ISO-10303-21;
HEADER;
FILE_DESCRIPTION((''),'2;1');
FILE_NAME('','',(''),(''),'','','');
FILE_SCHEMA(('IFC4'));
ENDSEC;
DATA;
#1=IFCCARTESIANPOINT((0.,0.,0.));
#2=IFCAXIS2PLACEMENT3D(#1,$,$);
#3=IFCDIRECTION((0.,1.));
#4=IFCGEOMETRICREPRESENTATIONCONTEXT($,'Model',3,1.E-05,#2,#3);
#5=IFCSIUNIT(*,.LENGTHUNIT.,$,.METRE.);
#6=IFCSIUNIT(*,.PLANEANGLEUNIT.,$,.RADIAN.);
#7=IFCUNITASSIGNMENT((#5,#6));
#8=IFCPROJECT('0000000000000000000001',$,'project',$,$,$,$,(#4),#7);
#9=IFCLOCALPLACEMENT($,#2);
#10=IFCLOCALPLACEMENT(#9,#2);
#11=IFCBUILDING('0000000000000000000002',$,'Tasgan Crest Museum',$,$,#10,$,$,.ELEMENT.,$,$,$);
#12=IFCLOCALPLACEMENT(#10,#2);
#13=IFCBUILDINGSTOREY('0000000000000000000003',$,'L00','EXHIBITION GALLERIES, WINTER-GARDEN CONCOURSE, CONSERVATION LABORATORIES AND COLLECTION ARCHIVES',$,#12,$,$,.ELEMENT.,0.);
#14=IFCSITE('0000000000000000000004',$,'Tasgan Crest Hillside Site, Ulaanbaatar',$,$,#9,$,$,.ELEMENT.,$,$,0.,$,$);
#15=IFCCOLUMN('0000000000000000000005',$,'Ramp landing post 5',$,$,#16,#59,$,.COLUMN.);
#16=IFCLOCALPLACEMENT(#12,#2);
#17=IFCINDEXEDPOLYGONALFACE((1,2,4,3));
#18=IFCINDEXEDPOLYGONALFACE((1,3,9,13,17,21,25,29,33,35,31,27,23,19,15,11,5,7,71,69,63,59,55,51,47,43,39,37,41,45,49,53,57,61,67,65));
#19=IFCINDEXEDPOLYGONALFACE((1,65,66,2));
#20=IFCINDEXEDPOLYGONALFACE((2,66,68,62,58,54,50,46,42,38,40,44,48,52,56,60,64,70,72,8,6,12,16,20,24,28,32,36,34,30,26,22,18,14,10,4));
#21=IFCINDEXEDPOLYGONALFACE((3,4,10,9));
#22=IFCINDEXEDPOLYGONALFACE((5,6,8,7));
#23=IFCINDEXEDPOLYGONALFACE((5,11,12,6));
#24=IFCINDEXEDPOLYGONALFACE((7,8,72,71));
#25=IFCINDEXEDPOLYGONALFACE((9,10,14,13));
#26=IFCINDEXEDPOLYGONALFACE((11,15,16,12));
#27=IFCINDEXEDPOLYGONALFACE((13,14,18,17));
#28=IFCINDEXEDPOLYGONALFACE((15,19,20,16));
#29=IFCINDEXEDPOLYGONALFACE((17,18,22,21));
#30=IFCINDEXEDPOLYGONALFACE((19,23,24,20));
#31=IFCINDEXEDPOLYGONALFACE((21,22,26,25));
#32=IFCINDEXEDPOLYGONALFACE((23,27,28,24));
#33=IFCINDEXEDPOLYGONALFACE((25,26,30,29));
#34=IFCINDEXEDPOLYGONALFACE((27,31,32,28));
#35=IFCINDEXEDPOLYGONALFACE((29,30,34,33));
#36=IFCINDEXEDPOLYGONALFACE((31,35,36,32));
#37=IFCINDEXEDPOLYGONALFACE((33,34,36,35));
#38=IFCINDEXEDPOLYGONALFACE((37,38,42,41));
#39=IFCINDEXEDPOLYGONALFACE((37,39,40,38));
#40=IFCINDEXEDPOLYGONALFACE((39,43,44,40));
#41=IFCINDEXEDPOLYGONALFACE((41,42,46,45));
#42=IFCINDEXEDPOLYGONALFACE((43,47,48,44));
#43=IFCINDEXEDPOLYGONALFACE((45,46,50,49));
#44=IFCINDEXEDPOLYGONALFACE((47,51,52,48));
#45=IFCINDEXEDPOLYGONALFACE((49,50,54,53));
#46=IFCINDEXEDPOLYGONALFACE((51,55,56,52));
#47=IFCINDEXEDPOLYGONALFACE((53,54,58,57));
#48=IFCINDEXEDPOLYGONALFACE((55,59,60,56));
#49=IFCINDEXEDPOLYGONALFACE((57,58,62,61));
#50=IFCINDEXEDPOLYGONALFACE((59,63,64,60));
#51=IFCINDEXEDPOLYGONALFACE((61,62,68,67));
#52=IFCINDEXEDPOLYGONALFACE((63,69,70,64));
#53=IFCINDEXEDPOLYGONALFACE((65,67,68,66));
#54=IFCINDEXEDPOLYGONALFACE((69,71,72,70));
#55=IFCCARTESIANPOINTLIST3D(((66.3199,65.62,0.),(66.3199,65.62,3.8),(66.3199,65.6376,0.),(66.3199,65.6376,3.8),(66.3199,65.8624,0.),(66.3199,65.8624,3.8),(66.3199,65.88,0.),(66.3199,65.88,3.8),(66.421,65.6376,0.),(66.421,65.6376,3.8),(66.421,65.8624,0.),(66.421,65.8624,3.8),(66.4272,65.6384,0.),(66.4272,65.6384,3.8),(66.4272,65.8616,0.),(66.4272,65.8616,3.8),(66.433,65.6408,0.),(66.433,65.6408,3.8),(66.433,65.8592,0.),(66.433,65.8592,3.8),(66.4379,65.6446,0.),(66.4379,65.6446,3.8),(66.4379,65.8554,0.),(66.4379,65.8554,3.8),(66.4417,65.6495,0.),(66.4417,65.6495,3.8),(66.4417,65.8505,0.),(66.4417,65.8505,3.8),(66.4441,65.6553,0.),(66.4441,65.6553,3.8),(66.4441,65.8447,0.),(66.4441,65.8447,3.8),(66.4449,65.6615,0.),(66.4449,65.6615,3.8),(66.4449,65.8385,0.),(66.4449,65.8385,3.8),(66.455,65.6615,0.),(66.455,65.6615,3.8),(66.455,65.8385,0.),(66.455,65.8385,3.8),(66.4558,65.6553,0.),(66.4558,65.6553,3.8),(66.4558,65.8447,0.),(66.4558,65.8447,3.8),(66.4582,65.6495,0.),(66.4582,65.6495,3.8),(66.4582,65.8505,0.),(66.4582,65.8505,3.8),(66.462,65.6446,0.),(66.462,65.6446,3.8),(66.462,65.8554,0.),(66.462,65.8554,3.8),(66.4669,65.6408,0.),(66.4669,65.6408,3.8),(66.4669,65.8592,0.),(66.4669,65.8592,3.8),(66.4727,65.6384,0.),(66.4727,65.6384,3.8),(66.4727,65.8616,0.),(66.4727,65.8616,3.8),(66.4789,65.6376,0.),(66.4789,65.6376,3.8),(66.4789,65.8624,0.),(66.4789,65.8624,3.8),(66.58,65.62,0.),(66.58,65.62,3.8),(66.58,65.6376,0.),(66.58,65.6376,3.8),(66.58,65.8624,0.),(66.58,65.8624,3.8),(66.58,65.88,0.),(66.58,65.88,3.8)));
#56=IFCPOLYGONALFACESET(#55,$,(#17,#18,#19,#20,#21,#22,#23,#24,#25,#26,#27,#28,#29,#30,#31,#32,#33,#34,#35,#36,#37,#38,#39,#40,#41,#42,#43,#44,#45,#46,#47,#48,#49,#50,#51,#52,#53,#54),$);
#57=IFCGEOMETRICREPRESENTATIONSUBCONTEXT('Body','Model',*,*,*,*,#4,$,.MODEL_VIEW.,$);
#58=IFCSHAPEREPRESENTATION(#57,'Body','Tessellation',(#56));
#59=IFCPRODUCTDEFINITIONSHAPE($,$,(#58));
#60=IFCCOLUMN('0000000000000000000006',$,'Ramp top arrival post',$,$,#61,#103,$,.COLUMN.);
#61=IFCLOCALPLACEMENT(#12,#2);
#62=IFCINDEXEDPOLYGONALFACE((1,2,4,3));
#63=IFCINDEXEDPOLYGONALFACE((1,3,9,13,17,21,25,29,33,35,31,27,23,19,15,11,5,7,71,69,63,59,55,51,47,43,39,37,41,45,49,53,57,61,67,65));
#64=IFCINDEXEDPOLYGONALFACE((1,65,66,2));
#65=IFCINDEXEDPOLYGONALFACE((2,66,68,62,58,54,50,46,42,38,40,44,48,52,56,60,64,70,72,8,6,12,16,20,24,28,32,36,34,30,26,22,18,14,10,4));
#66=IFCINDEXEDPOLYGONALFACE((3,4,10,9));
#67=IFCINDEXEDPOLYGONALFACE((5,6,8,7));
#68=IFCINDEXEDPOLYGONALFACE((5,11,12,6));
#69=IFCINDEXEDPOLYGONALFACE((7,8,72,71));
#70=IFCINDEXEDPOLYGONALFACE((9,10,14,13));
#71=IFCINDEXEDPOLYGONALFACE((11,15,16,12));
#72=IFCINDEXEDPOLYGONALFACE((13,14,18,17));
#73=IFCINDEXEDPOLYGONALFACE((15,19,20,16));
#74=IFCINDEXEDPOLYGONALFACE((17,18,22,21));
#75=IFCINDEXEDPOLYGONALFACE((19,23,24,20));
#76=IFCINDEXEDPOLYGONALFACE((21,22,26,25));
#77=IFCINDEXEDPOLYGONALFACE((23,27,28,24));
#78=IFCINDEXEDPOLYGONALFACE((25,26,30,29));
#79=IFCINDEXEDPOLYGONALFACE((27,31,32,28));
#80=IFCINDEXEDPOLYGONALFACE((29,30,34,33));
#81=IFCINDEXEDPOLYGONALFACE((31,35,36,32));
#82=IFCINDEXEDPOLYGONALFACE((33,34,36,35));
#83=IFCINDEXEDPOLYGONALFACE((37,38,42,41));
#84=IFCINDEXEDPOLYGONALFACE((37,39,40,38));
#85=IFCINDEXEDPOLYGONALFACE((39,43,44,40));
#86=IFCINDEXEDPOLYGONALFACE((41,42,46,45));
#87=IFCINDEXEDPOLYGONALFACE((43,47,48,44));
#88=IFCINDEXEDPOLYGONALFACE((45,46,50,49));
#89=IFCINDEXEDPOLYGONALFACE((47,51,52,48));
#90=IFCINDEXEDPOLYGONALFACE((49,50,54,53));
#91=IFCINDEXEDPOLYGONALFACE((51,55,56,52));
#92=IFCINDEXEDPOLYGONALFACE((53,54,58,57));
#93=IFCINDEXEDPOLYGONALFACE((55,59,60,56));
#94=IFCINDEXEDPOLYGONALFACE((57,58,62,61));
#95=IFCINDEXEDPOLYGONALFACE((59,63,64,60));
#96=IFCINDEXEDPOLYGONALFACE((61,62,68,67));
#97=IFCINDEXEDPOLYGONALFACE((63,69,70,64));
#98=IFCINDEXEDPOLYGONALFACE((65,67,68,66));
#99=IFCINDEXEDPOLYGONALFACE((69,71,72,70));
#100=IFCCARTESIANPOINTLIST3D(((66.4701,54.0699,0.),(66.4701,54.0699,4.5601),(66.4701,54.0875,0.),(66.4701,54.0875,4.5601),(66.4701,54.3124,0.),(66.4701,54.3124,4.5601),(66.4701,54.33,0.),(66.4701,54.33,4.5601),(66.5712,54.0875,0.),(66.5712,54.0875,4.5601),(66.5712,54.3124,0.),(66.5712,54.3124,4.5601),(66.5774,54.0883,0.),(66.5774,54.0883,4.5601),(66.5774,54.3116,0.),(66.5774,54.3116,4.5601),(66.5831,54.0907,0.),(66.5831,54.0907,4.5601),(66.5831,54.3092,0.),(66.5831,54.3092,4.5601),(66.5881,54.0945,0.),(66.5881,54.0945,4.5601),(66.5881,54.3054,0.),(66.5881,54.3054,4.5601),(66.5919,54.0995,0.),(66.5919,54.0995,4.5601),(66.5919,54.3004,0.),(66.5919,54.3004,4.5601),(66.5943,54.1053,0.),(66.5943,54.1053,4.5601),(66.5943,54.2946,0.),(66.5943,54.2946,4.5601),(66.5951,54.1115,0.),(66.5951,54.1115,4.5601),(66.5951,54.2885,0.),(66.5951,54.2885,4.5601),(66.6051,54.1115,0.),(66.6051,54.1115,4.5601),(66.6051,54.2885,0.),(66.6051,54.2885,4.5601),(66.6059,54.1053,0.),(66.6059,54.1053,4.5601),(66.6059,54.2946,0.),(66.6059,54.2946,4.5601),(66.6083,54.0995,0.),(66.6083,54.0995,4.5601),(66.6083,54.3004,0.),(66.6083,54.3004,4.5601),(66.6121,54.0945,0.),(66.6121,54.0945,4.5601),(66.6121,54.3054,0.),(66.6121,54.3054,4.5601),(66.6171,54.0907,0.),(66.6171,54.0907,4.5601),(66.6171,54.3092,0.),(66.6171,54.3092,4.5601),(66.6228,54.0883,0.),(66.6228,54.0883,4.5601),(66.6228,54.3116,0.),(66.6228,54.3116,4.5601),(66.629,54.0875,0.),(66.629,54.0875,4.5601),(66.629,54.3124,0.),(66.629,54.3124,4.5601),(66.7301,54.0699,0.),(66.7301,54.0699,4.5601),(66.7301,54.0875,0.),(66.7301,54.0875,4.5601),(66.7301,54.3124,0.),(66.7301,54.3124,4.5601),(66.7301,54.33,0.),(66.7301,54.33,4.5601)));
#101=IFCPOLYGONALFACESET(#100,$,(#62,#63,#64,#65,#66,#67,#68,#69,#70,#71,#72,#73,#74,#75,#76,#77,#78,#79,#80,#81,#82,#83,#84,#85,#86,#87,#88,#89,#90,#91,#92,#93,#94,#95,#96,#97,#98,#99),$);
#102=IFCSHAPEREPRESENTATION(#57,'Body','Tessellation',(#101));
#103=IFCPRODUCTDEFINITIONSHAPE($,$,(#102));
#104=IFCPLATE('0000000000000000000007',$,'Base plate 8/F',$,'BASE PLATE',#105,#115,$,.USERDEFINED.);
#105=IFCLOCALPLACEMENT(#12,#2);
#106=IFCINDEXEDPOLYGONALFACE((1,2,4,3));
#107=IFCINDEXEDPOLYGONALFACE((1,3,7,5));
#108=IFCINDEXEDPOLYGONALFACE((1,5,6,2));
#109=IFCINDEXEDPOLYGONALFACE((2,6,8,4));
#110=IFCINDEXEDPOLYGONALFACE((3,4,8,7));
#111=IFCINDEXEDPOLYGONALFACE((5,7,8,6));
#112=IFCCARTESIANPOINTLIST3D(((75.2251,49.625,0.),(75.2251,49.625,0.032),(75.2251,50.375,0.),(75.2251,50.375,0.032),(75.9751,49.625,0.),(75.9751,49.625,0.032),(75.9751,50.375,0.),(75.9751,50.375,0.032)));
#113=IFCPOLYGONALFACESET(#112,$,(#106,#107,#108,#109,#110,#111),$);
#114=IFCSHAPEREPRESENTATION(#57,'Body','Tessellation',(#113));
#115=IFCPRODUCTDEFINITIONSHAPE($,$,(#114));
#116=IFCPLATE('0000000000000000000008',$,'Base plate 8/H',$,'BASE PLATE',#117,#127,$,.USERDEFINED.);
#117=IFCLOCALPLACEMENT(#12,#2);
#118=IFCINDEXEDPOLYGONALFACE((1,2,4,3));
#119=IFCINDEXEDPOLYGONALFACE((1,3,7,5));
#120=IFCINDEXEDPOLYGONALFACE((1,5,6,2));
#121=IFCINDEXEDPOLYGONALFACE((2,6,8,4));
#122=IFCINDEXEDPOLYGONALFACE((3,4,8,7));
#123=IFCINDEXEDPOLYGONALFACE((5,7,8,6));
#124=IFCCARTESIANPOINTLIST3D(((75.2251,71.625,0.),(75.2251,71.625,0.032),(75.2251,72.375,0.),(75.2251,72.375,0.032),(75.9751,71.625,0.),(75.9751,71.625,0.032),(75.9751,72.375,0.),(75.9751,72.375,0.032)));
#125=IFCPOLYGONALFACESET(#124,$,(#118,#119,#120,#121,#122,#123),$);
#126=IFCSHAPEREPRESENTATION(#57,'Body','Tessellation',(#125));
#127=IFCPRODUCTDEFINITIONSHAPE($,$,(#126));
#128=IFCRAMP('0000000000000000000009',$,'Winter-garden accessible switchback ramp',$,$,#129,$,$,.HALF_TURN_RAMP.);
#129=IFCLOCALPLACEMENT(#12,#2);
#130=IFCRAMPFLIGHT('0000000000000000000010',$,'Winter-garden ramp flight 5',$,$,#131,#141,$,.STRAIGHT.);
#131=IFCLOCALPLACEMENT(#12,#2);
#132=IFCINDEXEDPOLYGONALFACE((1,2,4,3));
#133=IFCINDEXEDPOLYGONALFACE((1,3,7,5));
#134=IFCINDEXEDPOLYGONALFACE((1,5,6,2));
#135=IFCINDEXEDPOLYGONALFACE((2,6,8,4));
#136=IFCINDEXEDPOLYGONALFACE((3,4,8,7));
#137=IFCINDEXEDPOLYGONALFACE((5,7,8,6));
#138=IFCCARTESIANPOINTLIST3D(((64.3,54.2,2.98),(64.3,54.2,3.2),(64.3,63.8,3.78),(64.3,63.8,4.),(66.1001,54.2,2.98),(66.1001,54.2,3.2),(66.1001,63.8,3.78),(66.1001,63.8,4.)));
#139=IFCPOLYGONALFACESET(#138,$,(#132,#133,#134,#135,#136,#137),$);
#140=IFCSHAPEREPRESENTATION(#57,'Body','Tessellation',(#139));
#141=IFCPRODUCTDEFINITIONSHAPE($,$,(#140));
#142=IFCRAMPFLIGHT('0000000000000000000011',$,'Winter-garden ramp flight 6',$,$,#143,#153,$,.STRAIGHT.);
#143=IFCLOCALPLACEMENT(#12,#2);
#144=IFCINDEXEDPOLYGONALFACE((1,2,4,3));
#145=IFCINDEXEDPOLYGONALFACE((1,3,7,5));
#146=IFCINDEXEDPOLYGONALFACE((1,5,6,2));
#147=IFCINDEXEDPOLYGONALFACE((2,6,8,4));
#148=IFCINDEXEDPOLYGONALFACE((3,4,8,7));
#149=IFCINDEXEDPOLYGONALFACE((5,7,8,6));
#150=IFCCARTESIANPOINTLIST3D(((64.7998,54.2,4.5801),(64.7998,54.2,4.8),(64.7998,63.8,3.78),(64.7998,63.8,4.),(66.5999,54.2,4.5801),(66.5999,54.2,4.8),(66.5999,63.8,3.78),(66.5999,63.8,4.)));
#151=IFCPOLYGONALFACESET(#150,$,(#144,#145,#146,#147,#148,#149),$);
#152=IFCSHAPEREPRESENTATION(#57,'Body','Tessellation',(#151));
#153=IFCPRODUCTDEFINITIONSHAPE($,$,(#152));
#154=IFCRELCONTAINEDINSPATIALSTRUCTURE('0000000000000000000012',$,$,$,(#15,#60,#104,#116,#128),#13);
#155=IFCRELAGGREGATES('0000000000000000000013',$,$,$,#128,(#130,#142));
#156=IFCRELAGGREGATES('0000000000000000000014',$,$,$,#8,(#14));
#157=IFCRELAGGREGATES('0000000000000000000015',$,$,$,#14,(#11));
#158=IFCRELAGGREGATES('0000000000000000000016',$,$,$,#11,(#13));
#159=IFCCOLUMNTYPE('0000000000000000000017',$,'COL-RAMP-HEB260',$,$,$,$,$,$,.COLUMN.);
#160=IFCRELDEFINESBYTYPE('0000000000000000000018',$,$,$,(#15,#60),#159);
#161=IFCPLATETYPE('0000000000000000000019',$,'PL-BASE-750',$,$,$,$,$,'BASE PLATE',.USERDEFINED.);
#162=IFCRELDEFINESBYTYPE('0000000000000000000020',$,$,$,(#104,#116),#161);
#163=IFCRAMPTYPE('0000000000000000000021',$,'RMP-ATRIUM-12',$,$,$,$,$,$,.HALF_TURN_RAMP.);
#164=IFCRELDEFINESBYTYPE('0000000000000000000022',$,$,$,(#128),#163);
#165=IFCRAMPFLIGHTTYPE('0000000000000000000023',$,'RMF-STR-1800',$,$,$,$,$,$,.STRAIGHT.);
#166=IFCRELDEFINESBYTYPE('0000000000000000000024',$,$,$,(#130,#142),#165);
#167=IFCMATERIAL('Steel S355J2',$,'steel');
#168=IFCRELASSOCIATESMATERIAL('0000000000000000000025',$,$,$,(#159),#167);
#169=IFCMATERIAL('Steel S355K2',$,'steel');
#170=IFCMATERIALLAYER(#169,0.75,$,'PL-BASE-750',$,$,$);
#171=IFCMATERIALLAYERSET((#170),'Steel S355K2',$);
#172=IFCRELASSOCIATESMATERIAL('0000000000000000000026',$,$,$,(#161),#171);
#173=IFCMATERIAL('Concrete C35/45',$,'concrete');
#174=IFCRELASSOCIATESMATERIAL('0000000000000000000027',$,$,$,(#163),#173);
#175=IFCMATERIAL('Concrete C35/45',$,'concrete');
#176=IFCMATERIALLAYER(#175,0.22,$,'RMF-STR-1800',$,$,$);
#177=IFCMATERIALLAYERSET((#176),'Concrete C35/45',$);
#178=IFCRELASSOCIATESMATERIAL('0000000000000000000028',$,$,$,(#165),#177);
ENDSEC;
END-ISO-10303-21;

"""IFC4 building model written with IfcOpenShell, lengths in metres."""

from ifc_helpers import new_model, si_unit, direction, frame, origin, origin_2d, place, context, subcontext, project, spatial, polyline, rectangle, i_section, outline, extrude, material, layer, layer_set, material_profile, profile_set, type_object, element, aggregate, save


model = new_model("IFC4")

# Units and contexts
model_context = context("Model", 3, precision=1e-05, world=origin(), true_north=direction((0.0, 1.0)))
body_context = subcontext(model_context, "Body", "Model", "MODEL_VIEW")
ifc_project = project(units=[si_unit("LENGTHUNIT", "METRE"), si_unit("PLANEANGLEUNIT", "RADIAN")], contexts=[model_context])

# Site, building, storey
site_placement = place(None, origin())
site = spatial("IfcSite", under=ifc_project, at=site_placement, Name="Tasgan Crest Hillside Site, Ulaanbaatar", CompositionType="ELEMENT", RefElevation=0.0)
building_placement = place(site_placement, origin())
building = spatial("IfcBuilding", under=site, at=building_placement, Name="Tasgan Crest Museum", CompositionType="ELEMENT")
storey_placement = place(building_placement, origin())
storey = spatial("IfcBuildingStorey", under=building, at=storey_placement, Name="L00", Description="EXHIBITION GALLERIES, WINTER-GARDEN CONCOURSE, CONSERVATION LABORATORIES AND COLLECTION ARCHIVES", CompositionType="ELEMENT", Elevation=0.0)

# Columns
ifc_material_1 = material(Name="Steel S355J2", Category="steel")
ifc_material_profile_1 = material_profile(ifc_material_1, i_section(OverallWidth=0.26, OverallDepth=0.26, WebThickness=0.01, FlangeThickness=0.0176, FilletRadius=0.0239, at=origin_2d()), Name="HEB 260")
ifc_profile_set_1 = profile_set([ifc_material_profile_1], Name="Steel S355J2")
column_type_1 = type_object("IfcColumnType", Name="COL-RAMP-HEB260", PredefinedType="COLUMN", material=ifc_profile_set_1)
for number, where, z_axis, x_axis, name in (
    (1, (66.45, 65.75, 0.0), (0.0, 0.0, 1.0), (1.0, 0.0, 0.0), "Ramp landing post 5"),
):
    element("IfcColumn", number, at=place(storey_placement, frame(where, z_axis=z_axis, x_axis=x_axis)), inside=storey, type_object=column_type_1, Name=name, PredefinedType="COLUMN", context=body_context, shape_type="SweptSolid", body=[
        extrude(i_section(OverallWidth=0.26, OverallDepth=0.26, WebThickness=0.01, FlangeThickness=0.0176, FilletRadius=0.0239, at=origin_2d()), origin(), (0.0, 0.0, 1.0), 3.8),
    ])
column_placement = place(storey_placement, frame((66.6001, 54.2, 0.0), z_axis=(0.0, 0.0, 1.0), x_axis=(1.0, 0.0, 0.0)))
element("IfcColumn", 2, at=column_placement, inside=storey, type_object=column_type_1, Name="Ramp top arrival post", PredefinedType="COLUMN", context=body_context, shape_type="SweptSolid", body=[
    extrude(i_section(OverallWidth=0.26, OverallDepth=0.26, WebThickness=0.01, FlangeThickness=0.0176, FilletRadius=0.0239, at=origin_2d()), origin(), (0.0, 0.0, 1.0), 4.5601),
])

# Plates
ifc_material_2 = material(Name="Steel S355K2", Category="steel")
ifc_layer_1 = layer(ifc_material_2, 0.75, Name="PL-BASE-750")
ifc_layer_set_1 = layer_set([ifc_layer_1], Name="Steel S355K2")
plate_type = type_object("IfcPlateType", Name="PL-BASE-750", ElementType="BASE PLATE", PredefinedType="USERDEFINED", material=ifc_layer_set_1)
for number, where, z_axis, x_axis, name in (
    (3, (75.6001, 50.0, 0.0), (0.0, 0.0, 1.0), (1.0, 0.0, 0.0), "Base plate 8/F"),
    (4, (75.6001, 72.0, 0.0), (0.0, 0.0, 1.0), (1.0, 0.0, 0.0), "Base plate 8/H"),
):
    element("IfcPlate", number, at=place(storey_placement, frame(where, z_axis=z_axis, x_axis=x_axis)), inside=storey, type_object=plate_type, Name=name, ObjectType="BASE PLATE", PredefinedType="USERDEFINED", context=body_context, shape_type="SweptSolid", body=[
        extrude(rectangle(XDim=0.75, YDim=0.75, at=origin_2d()), origin(), (0.0, 0.0, 1.0), 0.032),
    ])

# Ramp, ramp flights
ifc_material_3 = material(Name="Concrete C35/45", Category="concrete")
ramp_type = type_object("IfcRampType", Name="RMP-ATRIUM-12", PredefinedType="HALF_TURN_RAMP", material=ifc_material_3)
ramp_placement = place(storey_placement, origin())
ramp = element("IfcRamp", 5, at=ramp_placement, inside=storey, type_object=ramp_type, Name="Winter-garden accessible switchback ramp", PredefinedType="HALF_TURN_RAMP")
ifc_material_4 = material(Name="Concrete C35/45", Category="concrete")
ifc_layer_2 = layer(ifc_material_4, 0.22, Name="RMF-STR-1800")
ifc_layer_set_2 = layer_set([ifc_layer_2], Name="Concrete C35/45")
ramp_flight_type = type_object("IfcRampFlightType", Name="RMF-STR-1800", PredefinedType="STRAIGHT", material=ifc_layer_set_2)
ramp_flight_1_placement = place(storey_placement, frame((65.2, 54.2, 3.2), z_axis=(0.0, 0.0, 1.0), x_axis=(0.0, 1.0, 0.0)))
ramp_flight_1 = element("IfcRampFlight", 6, at=ramp_flight_1_placement, type_object=ramp_flight_type, Name="Winter-garden ramp flight 5", PredefinedType="STRAIGHT", context=body_context, shape_type="SweptSolid", body=[
    extrude(outline(polyline([(0.0, 0.0), (9.6001, 0.8), (9.6001, 0.5801), (0.0, -0.22), (0.0, 0.0)])), frame((0.0, 0.8999, 0.0), z_axis=(0.0, -1.0, 0.0), x_axis=(1.0, 0.0, 0.0)), (0.0, 0.0, 1.0), 1.8),
])
ramp_flight_2_placement = place(storey_placement, frame((65.7, 63.8, 4.0), z_axis=(0.0, 0.0, 1.0), x_axis=(0.0, -1.0, 0.0)))
ramp_flight_2 = element("IfcRampFlight", 7, at=ramp_flight_2_placement, type_object=ramp_flight_type, Name="Winter-garden ramp flight 6", PredefinedType="STRAIGHT", context=body_context, shape_type="SweptSolid", body=[
    extrude(outline(polyline([(0.0, 0.0), (9.6001, 0.8), (9.6001, 0.5801), (0.0, -0.22), (0.0, 0.0)])), frame((0.0, 0.8999, 0.0), z_axis=(0.0, -1.0, 0.0), x_axis=(1.0, 0.0, 0.0)), (0.0, 0.0, 1.0), 1.8),
])
aggregate(ramp, [ramp_flight_1, ramp_flight_2])

save(model, "model.ifc")
